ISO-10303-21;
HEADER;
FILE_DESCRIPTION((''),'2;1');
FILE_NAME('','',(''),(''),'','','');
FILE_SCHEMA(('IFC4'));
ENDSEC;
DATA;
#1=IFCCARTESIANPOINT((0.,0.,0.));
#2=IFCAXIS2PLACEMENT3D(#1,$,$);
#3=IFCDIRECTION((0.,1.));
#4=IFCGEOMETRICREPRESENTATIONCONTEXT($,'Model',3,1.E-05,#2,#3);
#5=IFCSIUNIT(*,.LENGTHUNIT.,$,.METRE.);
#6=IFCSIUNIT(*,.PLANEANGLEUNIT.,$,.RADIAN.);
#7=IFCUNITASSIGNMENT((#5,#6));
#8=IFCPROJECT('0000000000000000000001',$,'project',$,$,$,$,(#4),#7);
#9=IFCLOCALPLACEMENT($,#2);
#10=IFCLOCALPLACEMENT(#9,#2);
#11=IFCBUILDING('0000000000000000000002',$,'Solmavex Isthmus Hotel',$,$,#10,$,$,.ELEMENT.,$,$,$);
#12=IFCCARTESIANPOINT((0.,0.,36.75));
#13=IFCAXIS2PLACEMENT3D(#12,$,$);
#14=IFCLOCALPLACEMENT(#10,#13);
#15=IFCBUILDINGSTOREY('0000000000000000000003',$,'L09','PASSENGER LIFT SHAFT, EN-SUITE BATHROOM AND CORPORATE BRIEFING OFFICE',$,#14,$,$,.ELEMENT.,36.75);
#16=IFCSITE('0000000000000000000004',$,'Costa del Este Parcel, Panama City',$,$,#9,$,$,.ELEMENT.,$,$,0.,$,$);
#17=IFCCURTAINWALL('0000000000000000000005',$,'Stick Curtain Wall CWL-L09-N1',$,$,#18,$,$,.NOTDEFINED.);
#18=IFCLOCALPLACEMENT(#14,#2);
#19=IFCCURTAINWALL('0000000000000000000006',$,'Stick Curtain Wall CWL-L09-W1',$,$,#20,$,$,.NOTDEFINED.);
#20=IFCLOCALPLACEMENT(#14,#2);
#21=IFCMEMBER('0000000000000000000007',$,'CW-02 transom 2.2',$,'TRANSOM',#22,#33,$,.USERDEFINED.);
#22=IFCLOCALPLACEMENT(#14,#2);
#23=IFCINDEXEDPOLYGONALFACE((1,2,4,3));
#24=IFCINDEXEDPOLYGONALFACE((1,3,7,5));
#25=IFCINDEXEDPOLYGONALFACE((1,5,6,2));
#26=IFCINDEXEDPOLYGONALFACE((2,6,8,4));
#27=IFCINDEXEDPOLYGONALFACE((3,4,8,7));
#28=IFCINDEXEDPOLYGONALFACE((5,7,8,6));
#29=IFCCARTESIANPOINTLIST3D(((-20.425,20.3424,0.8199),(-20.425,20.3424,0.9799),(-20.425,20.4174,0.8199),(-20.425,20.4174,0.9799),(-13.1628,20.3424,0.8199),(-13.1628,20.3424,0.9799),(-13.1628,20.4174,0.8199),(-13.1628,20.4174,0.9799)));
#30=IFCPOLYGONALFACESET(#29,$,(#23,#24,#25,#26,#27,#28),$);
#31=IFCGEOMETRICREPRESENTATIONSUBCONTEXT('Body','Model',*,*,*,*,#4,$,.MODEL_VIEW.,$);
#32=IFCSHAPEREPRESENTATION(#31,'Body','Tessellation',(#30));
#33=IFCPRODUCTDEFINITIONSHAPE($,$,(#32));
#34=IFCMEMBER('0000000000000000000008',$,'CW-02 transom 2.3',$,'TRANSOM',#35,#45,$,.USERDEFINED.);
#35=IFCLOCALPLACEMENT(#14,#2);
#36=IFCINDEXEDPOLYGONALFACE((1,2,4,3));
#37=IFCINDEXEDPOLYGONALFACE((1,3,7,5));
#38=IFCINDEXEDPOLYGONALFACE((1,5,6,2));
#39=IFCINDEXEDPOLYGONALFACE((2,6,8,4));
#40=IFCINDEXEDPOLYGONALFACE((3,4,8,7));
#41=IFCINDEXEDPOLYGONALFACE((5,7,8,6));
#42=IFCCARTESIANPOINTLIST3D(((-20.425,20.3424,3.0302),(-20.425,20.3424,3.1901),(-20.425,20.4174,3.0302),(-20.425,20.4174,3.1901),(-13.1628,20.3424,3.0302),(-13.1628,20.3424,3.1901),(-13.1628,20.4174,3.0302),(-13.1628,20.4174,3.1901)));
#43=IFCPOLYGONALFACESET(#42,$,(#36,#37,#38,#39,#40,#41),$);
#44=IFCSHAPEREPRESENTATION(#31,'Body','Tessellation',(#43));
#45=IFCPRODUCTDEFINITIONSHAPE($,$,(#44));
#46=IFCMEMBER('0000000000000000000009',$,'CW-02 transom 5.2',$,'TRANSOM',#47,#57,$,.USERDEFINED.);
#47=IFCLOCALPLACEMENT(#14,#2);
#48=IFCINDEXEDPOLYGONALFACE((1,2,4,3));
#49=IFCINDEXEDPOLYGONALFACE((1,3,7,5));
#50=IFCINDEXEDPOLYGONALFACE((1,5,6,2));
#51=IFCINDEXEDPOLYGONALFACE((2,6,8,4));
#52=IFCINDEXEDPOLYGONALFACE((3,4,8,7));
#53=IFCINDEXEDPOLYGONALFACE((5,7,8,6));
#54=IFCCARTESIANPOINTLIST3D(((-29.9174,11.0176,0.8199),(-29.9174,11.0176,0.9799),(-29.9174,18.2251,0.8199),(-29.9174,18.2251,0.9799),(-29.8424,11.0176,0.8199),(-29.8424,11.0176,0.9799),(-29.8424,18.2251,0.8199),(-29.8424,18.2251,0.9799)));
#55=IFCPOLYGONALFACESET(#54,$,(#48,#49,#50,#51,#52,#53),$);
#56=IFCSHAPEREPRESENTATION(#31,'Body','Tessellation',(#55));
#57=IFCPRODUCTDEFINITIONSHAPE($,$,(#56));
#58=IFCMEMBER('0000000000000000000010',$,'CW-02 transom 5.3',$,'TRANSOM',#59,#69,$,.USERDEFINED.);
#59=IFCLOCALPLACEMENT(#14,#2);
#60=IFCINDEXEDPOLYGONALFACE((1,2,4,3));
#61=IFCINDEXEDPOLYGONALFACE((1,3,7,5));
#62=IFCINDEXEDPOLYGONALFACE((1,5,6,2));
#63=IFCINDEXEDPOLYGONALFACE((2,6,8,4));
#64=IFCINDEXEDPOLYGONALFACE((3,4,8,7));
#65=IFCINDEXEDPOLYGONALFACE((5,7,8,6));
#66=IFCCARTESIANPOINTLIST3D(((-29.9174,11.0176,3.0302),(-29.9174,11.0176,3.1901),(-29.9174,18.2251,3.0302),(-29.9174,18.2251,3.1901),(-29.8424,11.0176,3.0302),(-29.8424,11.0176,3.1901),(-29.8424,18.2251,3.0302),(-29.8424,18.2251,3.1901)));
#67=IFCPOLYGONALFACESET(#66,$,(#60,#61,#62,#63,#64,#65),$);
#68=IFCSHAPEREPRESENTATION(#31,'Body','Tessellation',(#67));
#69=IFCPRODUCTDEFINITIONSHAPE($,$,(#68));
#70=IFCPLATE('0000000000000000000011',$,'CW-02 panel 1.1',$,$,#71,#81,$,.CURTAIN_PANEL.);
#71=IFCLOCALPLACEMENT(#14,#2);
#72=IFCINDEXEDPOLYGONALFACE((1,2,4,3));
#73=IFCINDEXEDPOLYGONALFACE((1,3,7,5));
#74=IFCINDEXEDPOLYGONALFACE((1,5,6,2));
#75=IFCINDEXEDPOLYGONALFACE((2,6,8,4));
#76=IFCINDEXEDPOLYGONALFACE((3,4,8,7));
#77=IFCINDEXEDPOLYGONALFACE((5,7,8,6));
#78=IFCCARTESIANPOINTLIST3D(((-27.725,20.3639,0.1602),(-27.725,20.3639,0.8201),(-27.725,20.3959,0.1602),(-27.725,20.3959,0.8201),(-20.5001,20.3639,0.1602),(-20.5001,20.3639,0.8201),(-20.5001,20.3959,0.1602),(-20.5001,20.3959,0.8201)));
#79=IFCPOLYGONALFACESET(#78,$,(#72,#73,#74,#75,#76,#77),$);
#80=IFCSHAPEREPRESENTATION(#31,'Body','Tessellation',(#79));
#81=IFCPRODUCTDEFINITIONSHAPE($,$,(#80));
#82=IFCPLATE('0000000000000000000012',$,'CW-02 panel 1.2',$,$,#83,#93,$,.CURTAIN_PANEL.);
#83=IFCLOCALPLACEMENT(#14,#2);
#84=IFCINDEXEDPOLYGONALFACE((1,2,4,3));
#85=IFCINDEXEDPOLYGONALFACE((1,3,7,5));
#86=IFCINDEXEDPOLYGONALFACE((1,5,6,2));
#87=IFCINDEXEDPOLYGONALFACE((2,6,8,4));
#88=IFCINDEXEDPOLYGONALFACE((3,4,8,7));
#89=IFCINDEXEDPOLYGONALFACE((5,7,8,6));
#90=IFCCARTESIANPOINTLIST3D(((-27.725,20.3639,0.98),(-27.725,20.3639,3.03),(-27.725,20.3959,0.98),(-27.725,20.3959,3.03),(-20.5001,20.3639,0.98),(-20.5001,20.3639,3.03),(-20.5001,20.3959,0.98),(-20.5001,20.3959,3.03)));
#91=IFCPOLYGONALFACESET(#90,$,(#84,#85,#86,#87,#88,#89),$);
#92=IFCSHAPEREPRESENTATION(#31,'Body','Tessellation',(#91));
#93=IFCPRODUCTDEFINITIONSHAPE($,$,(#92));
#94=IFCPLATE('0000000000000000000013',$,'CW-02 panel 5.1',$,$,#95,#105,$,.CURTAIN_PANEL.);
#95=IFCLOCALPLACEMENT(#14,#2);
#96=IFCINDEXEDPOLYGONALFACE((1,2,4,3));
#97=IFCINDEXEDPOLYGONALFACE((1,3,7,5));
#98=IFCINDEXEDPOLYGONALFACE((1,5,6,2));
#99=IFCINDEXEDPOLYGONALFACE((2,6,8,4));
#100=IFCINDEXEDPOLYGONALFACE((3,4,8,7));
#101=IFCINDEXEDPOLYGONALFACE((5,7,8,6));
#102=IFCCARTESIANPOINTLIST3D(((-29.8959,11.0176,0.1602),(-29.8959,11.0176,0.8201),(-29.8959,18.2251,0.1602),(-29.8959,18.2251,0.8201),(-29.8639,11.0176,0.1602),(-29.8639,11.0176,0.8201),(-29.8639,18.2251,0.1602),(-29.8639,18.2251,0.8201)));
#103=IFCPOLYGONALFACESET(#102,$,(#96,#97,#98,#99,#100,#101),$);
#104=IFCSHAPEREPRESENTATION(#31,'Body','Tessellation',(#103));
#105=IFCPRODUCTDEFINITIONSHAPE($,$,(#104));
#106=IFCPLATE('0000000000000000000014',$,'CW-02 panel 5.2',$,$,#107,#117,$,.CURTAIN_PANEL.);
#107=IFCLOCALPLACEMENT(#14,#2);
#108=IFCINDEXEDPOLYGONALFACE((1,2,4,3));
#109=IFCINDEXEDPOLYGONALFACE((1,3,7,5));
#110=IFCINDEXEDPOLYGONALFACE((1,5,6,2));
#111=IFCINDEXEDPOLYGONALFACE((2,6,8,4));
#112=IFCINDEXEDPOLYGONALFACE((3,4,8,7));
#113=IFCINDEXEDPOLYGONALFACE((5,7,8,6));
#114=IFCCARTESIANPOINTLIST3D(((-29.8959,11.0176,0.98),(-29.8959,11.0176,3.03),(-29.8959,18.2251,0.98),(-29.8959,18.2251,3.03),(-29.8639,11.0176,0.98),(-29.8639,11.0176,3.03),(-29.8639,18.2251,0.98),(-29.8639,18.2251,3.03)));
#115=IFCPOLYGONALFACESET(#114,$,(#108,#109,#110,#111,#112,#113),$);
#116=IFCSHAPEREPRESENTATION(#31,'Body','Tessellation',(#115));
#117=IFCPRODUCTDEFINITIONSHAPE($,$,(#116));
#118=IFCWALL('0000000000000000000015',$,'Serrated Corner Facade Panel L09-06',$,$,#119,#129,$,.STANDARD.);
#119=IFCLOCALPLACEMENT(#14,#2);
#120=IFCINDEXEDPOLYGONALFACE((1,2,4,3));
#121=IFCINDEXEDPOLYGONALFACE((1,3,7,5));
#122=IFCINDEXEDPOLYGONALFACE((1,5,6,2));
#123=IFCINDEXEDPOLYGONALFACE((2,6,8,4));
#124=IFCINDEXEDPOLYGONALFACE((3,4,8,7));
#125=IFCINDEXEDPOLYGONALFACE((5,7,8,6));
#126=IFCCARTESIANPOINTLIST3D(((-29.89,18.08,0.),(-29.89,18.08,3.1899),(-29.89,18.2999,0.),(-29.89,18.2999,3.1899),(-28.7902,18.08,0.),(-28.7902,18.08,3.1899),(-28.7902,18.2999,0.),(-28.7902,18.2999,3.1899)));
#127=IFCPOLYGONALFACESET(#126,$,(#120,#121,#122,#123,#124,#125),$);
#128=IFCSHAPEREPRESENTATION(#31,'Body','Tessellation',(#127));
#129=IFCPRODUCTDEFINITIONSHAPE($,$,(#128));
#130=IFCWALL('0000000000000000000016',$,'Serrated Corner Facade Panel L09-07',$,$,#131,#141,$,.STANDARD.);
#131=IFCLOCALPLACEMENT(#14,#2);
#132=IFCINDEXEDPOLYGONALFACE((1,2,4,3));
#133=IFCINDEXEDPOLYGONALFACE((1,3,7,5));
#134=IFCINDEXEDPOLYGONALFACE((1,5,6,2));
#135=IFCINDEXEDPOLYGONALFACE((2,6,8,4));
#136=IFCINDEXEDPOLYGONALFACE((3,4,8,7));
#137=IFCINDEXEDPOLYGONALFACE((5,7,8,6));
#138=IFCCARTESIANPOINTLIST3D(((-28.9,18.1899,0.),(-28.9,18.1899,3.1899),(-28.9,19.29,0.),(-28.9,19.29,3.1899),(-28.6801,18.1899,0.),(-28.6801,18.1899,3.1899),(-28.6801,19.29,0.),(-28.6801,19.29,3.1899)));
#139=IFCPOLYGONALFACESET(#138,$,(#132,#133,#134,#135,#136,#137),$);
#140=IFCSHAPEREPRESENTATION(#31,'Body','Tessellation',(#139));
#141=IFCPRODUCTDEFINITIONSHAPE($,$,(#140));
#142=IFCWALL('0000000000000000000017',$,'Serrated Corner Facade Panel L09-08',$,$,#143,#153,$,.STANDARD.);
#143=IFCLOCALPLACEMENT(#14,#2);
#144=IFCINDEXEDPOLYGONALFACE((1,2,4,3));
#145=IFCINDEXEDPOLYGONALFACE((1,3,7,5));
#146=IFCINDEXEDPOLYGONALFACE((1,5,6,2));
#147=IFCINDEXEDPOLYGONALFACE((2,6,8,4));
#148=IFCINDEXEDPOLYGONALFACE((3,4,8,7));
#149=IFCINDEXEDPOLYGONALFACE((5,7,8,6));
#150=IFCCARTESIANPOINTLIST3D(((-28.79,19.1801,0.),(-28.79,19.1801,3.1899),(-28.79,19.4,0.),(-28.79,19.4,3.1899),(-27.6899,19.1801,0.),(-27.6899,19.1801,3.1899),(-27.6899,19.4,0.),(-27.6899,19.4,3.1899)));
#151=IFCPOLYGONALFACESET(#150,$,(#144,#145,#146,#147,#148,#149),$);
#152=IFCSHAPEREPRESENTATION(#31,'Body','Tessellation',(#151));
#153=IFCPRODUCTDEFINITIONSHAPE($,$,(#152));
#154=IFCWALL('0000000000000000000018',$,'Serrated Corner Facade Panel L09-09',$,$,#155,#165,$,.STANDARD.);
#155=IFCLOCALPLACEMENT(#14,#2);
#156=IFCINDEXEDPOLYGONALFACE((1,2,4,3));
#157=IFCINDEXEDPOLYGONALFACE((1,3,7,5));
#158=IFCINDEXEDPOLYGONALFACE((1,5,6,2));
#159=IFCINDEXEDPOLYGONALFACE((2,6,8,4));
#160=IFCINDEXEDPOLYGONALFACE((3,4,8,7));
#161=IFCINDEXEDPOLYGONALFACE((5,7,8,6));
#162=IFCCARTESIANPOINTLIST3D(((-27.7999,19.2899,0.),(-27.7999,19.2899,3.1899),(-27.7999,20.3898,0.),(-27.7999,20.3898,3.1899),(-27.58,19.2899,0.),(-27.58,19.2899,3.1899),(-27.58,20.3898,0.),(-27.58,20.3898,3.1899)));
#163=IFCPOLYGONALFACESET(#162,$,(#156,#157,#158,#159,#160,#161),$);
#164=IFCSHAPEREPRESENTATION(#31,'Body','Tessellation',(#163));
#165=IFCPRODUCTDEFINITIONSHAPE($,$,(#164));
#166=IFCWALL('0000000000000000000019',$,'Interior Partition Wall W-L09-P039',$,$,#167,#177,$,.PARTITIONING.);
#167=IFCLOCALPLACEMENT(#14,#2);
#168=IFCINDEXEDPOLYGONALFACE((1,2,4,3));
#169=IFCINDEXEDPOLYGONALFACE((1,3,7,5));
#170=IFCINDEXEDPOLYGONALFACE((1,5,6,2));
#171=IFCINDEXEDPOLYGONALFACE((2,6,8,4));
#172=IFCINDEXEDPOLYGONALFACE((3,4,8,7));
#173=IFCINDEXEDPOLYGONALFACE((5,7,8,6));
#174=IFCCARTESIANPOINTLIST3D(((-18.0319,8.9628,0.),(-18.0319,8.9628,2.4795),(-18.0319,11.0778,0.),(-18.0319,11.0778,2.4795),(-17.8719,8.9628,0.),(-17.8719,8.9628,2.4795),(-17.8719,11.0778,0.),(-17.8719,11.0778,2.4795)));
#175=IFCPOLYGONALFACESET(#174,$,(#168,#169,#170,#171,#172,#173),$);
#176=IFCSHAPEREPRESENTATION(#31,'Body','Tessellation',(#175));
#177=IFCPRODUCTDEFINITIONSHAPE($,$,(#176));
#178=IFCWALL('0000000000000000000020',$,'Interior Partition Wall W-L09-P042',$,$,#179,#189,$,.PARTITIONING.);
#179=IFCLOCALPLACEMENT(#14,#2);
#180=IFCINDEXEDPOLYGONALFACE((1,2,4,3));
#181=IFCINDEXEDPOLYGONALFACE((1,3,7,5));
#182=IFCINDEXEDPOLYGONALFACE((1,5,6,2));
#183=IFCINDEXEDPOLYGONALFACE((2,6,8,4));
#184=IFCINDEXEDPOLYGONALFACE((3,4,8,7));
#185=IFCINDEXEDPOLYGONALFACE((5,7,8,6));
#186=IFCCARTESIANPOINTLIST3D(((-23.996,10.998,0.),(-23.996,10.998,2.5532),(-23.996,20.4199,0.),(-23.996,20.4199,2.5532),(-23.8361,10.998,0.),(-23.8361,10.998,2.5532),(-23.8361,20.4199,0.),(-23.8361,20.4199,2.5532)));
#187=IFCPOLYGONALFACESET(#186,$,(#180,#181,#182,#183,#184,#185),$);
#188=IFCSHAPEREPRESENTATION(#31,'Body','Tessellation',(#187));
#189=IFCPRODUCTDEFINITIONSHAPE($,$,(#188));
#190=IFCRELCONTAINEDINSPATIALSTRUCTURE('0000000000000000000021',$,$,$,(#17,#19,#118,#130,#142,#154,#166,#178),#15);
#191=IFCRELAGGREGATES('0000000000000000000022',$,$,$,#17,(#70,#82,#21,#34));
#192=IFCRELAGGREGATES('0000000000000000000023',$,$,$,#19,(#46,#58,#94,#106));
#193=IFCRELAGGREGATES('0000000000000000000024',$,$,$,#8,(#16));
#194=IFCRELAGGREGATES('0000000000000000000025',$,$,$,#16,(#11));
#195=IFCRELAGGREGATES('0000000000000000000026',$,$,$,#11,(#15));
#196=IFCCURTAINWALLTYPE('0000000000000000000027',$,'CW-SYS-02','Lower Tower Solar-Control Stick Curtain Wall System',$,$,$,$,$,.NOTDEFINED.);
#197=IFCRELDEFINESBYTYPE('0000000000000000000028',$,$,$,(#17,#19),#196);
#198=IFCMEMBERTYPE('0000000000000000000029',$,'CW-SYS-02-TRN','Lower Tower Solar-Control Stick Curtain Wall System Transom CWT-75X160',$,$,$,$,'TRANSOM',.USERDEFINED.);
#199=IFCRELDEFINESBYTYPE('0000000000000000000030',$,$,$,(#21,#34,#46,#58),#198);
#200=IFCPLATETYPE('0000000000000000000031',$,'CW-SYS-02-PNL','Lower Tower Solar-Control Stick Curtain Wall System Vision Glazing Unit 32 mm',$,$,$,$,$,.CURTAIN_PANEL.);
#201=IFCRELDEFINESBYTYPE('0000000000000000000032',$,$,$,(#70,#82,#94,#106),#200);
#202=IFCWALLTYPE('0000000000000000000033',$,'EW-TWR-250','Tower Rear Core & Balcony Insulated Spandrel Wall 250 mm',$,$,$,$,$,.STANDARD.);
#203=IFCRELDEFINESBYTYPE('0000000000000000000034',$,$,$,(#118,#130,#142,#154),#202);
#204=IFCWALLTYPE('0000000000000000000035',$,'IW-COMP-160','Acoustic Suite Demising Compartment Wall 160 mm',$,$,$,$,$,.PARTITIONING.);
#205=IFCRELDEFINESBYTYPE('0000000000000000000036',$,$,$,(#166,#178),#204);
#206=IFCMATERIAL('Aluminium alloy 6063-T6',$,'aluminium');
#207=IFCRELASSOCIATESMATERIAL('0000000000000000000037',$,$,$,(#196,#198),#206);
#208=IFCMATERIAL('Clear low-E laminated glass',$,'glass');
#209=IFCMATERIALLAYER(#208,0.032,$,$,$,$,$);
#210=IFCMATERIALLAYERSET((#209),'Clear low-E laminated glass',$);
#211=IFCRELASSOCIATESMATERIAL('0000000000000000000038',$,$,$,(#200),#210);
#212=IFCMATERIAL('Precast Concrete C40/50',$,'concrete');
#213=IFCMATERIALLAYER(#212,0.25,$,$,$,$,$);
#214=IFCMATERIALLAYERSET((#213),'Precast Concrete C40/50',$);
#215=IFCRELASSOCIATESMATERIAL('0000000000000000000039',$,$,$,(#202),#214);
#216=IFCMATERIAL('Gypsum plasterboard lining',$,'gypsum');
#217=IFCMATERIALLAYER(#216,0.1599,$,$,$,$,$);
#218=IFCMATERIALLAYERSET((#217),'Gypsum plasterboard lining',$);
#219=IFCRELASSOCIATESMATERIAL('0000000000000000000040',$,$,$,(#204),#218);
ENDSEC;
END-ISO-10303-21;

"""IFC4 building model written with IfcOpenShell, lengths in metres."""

from ifc_helpers import new_model, si_unit, direction, frame, frame_2d, origin, origin_2d, place, context, subcontext, project, spatial, rectangle, extrude, material, layer, layer_set, material_profile, profile_set, type_object, element, aggregate, save


model = new_model("IFC4")

# Units and contexts
model_context = context("Model", 3, precision=1e-05, world=origin(), true_north=direction((0.0, 1.0)))
body_context = subcontext(model_context, "Body", "Model", "MODEL_VIEW")
ifc_project = project(units=[si_unit("LENGTHUNIT", "METRE"), si_unit("PLANEANGLEUNIT", "RADIAN")], contexts=[model_context])

# Site, building, storey
site_placement = place(None, origin())
site = spatial("IfcSite", under=ifc_project, at=site_placement, Name="Costa del Este Parcel, Panama City", CompositionType="ELEMENT", RefElevation=0.0)
building_placement = place(site_placement, origin())
building = spatial("IfcBuilding", under=site, at=building_placement, Name="Solmavex Isthmus Hotel", CompositionType="ELEMENT")
storey_placement = place(building_placement, frame((0.0, 0.0, 36.75)))
storey = spatial("IfcBuildingStorey", under=building, at=storey_placement, Name="L09", Description="PASSENGER LIFT SHAFT, EN-SUITE BATHROOM AND CORPORATE BRIEFING OFFICE", CompositionType="ELEMENT", Elevation=36.75)

# Curtain wall
ifc_material_1 = material(Name="Aluminium alloy 6063-T6", Category="aluminium")
curtain_wall_type = type_object("IfcCurtainWallType", Name="CW-SYS-02", Description="Lower Tower Solar-Control Stick Curtain Wall System", PredefinedType="NOTDEFINED", material=ifc_material_1)
curtain_wall_1_placement = place(storey_placement, origin())
curtain_wall_1 = element("IfcCurtainWall", 1, at=curtain_wall_1_placement, inside=storey, type_object=curtain_wall_type, Name="Stick Curtain Wall CWL-L09-N1", PredefinedType="NOTDEFINED")

# Curtain wall
curtain_wall_2_placement = place(storey_placement, origin())
curtain_wall_2 = element("IfcCurtainWall", 2, at=curtain_wall_2_placement, inside=storey, type_object=curtain_wall_type, Name="Stick Curtain Wall CWL-L09-W1", PredefinedType="NOTDEFINED")

# Members
ifc_material_profile_1 = material_profile(ifc_material_1, rectangle(XDim=0.075, YDim=0.1599, at=origin_2d()), Name="CWT-75X160")
ifc_profile_set_1 = profile_set([ifc_material_profile_1], Name="Aluminium alloy 6063-T6")
member_type_1 = type_object("IfcMemberType", Name="CW-SYS-02-TRN", Description="Lower Tower Solar-Control Stick Curtain Wall System Transom CWT-75X160", ElementType="TRANSOM", PredefinedType="USERDEFINED", material=ifc_profile_set_1)
member_1_placement = place(storey_placement, frame((-20.425, 20.3799, 0.8999), z_axis=(1.0, 0.0, 0.0), x_axis=(0.0, 1.0, 0.0)))
member_1 = element("IfcMember", 3, at=member_1_placement, type_object=member_type_1, Name="CW-02 transom 2.2", ObjectType="TRANSOM", PredefinedType="USERDEFINED", context=body_context, shape_type="SweptSolid", body=[
    extrude(rectangle(XDim=0.075, YDim=0.1599, at=origin_2d()), origin(), (0.0, 0.0, 1.0), 7.2622),
])
member_2_placement = place(storey_placement, frame((-20.425, 20.3799, 3.1101), z_axis=(1.0, 0.0, 0.0), x_axis=(0.0, 1.0, 0.0)))
member_2 = element("IfcMember", 4, at=member_2_placement, type_object=member_type_1, Name="CW-02 transom 2.3", ObjectType="TRANSOM", PredefinedType="USERDEFINED", context=body_context, shape_type="SweptSolid", body=[
    extrude(rectangle(XDim=0.075, YDim=0.1599, at=origin_2d()), origin(), (0.0, 0.0, 1.0), 7.2622),
])
member_3_placement = place(storey_placement, frame((-29.8799, 11.0176, 0.8999), z_axis=(0.0, 1.0, 0.0), x_axis=(-1.0, 0.0, 0.0)))
member_3 = element("IfcMember", 5, at=member_3_placement, type_object=member_type_1, Name="CW-02 transom 5.2", ObjectType="TRANSOM", PredefinedType="USERDEFINED", context=body_context, shape_type="SweptSolid", body=[
    extrude(rectangle(XDim=0.075, YDim=0.1599, at=origin_2d()), origin(), (0.0, 0.0, 1.0), 7.2075),
])
member_4_placement = place(storey_placement, frame((-29.8799, 11.0176, 3.1101), z_axis=(0.0, 1.0, 0.0), x_axis=(-1.0, 0.0, 0.0)))
member_4 = element("IfcMember", 6, at=member_4_placement, type_object=member_type_1, Name="CW-02 transom 5.3", ObjectType="TRANSOM", PredefinedType="USERDEFINED", context=body_context, shape_type="SweptSolid", body=[
    extrude(rectangle(XDim=0.075, YDim=0.1599, at=origin_2d()), origin(), (0.0, 0.0, 1.0), 7.2075),
])

# Plates
ifc_material_2 = material(Name="Clear low-E laminated glass", Category="glass")
ifc_layer_1 = layer(ifc_material_2, 0.032)
ifc_layer_set_1 = layer_set([ifc_layer_1], Name="Clear low-E laminated glass")
plate_type = type_object("IfcPlateType", Name="CW-SYS-02-PNL", Description="Lower Tower Solar-Control Stick Curtain Wall System Vision Glazing Unit 32 mm", PredefinedType="CURTAIN_PANEL", material=ifc_layer_set_1)
plate_1_placement = place(storey_placement, frame((-24.1125, 20.3799, 0.1602), z_axis=(0.0, 0.0, 1.0), x_axis=(1.0, 0.0, 0.0)))
plate_1 = element("IfcPlate", 7, at=plate_1_placement, type_object=plate_type, Name="CW-02 panel 1.1", PredefinedType="CURTAIN_PANEL", context=body_context, shape_type="SweptSolid", body=[
    extrude(rectangle(XDim=7.2249, YDim=0.032, at=origin_2d()), origin(), (0.0, 0.0, 1.0), 0.6599),
])
plate_2_placement = place(storey_placement, frame((-24.1125, 20.3799, 0.98), z_axis=(0.0, 0.0, 1.0), x_axis=(1.0, 0.0, 0.0)))
plate_2 = element("IfcPlate", 8, at=plate_2_placement, type_object=plate_type, Name="CW-02 panel 1.2", PredefinedType="CURTAIN_PANEL", context=body_context, shape_type="SweptSolid", body=[
    extrude(rectangle(XDim=7.2249, YDim=0.032, at=origin_2d()), origin(), (0.0, 0.0, 1.0), 2.05),
])
aggregate(curtain_wall_1, [plate_1, plate_2, member_1, member_2])
plate_3_placement = place(storey_placement, frame((-29.8799, 14.6213, 0.1602), z_axis=(0.0, 0.0, 1.0), x_axis=(0.0, 1.0, 0.0)))
plate_3 = element("IfcPlate", 9, at=plate_3_placement, type_object=plate_type, Name="CW-02 panel 5.1", PredefinedType="CURTAIN_PANEL", context=body_context, shape_type="SweptSolid", body=[
    extrude(rectangle(XDim=7.2075, YDim=0.032, at=origin_2d()), origin(), (0.0, 0.0, 1.0), 0.6599),
])
plate_4_placement = place(storey_placement, frame((-29.8799, 14.6213, 0.98), z_axis=(0.0, 0.0, 1.0), x_axis=(0.0, 1.0, 0.0)))
plate_4 = element("IfcPlate", 10, at=plate_4_placement, type_object=plate_type, Name="CW-02 panel 5.2", PredefinedType="CURTAIN_PANEL", context=body_context, shape_type="SweptSolid", body=[
    extrude(rectangle(XDim=7.2075, YDim=0.032, at=origin_2d()), origin(), (0.0, 0.0, 1.0), 2.05),
])
aggregate(curtain_wall_2, [member_3, member_4, plate_3, plate_4])

# Walls
ifc_material_3 = material(Name="Precast Concrete C40/50", Category="concrete")
ifc_layer_2 = layer(ifc_material_3, 0.25)
ifc_layer_set_2 = layer_set([ifc_layer_2], Name="Precast Concrete C40/50")
wall_type_1 = type_object("IfcWallType", Name="EW-TWR-250", Description="Tower Rear Core & Balcony Insulated Spandrel Wall 250 mm", PredefinedType="STANDARD", material=ifc_layer_set_2)
wall_1_placement = place(storey_placement, frame((-29.8899, 18.1899, 0.0), z_axis=(0.0, 0.0, 1.0), x_axis=(1.0, 0.0, 0.0)))
element("IfcWall", 11, at=wall_1_placement, inside=storey, type_object=wall_type_1, Name="Serrated Corner Facade Panel L09-06", PredefinedType="STANDARD", context=body_context, shape_type="SweptSolid", body=[
    extrude(rectangle(XDim=1.0999, YDim=0.22, at=frame_2d((0.5498, 0.0))), origin(), (0.0, 0.0, 1.0), 3.1899),
])
for number, where, z_axis, x_axis, name in (
    (12, (-28.79, 18.1899, 0.0), (0.0, 0.0, 1.0), (0.0, 1.0, 0.0), "Serrated Corner Facade Panel L09-07"),
    (13, (-28.79, 19.29, 0.0), (0.0, 0.0, 1.0), (1.0, 0.0, 0.0), "Serrated Corner Facade Panel L09-08"),
):
    element("IfcWall", number, at=place(storey_placement, frame(where, z_axis=z_axis, x_axis=x_axis)), inside=storey, type_object=wall_type_1, Name=name, PredefinedType="STANDARD", context=body_context, shape_type="SweptSolid", body=[
        extrude(rectangle(XDim=1.1001, YDim=0.22, at=frame_2d((0.55, 0.0))), origin(), (0.0, 0.0, 1.0), 3.1899),
    ])
wall_2_placement = place(storey_placement, frame((-27.6899, 19.29, 0.0), z_axis=(0.0, 0.0, 1.0), x_axis=(0.0, 1.0, 0.0)))
element("IfcWall", 14, at=wall_2_placement, inside=storey, type_object=wall_type_1, Name="Serrated Corner Facade Panel L09-09", PredefinedType="STANDARD", context=body_context, shape_type="SweptSolid", body=[
    extrude(rectangle(XDim=1.0999, YDim=0.22, at=frame_2d((0.5498, 0.0))), origin(), (0.0, 0.0, 1.0), 3.1899),
])

# Shared definitions
ifc_material_4 = material(Name="Gypsum plasterboard lining", Category="gypsum")
ifc_layer_3 = layer(ifc_material_4, 0.1599)
ifc_layer_set_3 = layer_set([ifc_layer_3], Name="Gypsum plasterboard lining")
wall_type_2 = type_object("IfcWallType", Name="IW-COMP-160", Description="Acoustic Suite Demising Compartment Wall 160 mm", PredefinedType="PARTITIONING", material=ifc_layer_set_3)

# Walls
wall_3_placement = place(storey_placement, frame((-17.9519, 11.0779, 0.0), z_axis=(0.0, 0.0, 1.0), x_axis=(0.0, -1.0, 0.0)))
element("IfcWall", 15, at=wall_3_placement, inside=storey, type_object=wall_type_2, Name="Interior Partition Wall W-L09-P039", PredefinedType="PARTITIONING", context=body_context, shape_type="SweptSolid", body=[
    extrude(rectangle(XDim=2.115, YDim=0.1599, at=frame_2d((1.0576, 0.0))), origin(), (0.0, 0.0, 1.0), 2.4795),
])
wall_4_placement = place(storey_placement, frame((-23.916, 20.4199, 0.0), z_axis=(0.0, 0.0, 1.0), x_axis=(0.0, -1.0, 0.0)))
element("IfcWall", 16, at=wall_4_placement, inside=storey, type_object=wall_type_2, Name="Interior Partition Wall W-L09-P042", PredefinedType="PARTITIONING", context=body_context, shape_type="SweptSolid", body=[
    extrude(rectangle(XDim=9.4219, YDim=0.1599, at=frame_2d((4.7109, 0.0))), origin(), (0.0, 0.0, 1.0), 2.5532),
])

save(model, "model.ifc")
